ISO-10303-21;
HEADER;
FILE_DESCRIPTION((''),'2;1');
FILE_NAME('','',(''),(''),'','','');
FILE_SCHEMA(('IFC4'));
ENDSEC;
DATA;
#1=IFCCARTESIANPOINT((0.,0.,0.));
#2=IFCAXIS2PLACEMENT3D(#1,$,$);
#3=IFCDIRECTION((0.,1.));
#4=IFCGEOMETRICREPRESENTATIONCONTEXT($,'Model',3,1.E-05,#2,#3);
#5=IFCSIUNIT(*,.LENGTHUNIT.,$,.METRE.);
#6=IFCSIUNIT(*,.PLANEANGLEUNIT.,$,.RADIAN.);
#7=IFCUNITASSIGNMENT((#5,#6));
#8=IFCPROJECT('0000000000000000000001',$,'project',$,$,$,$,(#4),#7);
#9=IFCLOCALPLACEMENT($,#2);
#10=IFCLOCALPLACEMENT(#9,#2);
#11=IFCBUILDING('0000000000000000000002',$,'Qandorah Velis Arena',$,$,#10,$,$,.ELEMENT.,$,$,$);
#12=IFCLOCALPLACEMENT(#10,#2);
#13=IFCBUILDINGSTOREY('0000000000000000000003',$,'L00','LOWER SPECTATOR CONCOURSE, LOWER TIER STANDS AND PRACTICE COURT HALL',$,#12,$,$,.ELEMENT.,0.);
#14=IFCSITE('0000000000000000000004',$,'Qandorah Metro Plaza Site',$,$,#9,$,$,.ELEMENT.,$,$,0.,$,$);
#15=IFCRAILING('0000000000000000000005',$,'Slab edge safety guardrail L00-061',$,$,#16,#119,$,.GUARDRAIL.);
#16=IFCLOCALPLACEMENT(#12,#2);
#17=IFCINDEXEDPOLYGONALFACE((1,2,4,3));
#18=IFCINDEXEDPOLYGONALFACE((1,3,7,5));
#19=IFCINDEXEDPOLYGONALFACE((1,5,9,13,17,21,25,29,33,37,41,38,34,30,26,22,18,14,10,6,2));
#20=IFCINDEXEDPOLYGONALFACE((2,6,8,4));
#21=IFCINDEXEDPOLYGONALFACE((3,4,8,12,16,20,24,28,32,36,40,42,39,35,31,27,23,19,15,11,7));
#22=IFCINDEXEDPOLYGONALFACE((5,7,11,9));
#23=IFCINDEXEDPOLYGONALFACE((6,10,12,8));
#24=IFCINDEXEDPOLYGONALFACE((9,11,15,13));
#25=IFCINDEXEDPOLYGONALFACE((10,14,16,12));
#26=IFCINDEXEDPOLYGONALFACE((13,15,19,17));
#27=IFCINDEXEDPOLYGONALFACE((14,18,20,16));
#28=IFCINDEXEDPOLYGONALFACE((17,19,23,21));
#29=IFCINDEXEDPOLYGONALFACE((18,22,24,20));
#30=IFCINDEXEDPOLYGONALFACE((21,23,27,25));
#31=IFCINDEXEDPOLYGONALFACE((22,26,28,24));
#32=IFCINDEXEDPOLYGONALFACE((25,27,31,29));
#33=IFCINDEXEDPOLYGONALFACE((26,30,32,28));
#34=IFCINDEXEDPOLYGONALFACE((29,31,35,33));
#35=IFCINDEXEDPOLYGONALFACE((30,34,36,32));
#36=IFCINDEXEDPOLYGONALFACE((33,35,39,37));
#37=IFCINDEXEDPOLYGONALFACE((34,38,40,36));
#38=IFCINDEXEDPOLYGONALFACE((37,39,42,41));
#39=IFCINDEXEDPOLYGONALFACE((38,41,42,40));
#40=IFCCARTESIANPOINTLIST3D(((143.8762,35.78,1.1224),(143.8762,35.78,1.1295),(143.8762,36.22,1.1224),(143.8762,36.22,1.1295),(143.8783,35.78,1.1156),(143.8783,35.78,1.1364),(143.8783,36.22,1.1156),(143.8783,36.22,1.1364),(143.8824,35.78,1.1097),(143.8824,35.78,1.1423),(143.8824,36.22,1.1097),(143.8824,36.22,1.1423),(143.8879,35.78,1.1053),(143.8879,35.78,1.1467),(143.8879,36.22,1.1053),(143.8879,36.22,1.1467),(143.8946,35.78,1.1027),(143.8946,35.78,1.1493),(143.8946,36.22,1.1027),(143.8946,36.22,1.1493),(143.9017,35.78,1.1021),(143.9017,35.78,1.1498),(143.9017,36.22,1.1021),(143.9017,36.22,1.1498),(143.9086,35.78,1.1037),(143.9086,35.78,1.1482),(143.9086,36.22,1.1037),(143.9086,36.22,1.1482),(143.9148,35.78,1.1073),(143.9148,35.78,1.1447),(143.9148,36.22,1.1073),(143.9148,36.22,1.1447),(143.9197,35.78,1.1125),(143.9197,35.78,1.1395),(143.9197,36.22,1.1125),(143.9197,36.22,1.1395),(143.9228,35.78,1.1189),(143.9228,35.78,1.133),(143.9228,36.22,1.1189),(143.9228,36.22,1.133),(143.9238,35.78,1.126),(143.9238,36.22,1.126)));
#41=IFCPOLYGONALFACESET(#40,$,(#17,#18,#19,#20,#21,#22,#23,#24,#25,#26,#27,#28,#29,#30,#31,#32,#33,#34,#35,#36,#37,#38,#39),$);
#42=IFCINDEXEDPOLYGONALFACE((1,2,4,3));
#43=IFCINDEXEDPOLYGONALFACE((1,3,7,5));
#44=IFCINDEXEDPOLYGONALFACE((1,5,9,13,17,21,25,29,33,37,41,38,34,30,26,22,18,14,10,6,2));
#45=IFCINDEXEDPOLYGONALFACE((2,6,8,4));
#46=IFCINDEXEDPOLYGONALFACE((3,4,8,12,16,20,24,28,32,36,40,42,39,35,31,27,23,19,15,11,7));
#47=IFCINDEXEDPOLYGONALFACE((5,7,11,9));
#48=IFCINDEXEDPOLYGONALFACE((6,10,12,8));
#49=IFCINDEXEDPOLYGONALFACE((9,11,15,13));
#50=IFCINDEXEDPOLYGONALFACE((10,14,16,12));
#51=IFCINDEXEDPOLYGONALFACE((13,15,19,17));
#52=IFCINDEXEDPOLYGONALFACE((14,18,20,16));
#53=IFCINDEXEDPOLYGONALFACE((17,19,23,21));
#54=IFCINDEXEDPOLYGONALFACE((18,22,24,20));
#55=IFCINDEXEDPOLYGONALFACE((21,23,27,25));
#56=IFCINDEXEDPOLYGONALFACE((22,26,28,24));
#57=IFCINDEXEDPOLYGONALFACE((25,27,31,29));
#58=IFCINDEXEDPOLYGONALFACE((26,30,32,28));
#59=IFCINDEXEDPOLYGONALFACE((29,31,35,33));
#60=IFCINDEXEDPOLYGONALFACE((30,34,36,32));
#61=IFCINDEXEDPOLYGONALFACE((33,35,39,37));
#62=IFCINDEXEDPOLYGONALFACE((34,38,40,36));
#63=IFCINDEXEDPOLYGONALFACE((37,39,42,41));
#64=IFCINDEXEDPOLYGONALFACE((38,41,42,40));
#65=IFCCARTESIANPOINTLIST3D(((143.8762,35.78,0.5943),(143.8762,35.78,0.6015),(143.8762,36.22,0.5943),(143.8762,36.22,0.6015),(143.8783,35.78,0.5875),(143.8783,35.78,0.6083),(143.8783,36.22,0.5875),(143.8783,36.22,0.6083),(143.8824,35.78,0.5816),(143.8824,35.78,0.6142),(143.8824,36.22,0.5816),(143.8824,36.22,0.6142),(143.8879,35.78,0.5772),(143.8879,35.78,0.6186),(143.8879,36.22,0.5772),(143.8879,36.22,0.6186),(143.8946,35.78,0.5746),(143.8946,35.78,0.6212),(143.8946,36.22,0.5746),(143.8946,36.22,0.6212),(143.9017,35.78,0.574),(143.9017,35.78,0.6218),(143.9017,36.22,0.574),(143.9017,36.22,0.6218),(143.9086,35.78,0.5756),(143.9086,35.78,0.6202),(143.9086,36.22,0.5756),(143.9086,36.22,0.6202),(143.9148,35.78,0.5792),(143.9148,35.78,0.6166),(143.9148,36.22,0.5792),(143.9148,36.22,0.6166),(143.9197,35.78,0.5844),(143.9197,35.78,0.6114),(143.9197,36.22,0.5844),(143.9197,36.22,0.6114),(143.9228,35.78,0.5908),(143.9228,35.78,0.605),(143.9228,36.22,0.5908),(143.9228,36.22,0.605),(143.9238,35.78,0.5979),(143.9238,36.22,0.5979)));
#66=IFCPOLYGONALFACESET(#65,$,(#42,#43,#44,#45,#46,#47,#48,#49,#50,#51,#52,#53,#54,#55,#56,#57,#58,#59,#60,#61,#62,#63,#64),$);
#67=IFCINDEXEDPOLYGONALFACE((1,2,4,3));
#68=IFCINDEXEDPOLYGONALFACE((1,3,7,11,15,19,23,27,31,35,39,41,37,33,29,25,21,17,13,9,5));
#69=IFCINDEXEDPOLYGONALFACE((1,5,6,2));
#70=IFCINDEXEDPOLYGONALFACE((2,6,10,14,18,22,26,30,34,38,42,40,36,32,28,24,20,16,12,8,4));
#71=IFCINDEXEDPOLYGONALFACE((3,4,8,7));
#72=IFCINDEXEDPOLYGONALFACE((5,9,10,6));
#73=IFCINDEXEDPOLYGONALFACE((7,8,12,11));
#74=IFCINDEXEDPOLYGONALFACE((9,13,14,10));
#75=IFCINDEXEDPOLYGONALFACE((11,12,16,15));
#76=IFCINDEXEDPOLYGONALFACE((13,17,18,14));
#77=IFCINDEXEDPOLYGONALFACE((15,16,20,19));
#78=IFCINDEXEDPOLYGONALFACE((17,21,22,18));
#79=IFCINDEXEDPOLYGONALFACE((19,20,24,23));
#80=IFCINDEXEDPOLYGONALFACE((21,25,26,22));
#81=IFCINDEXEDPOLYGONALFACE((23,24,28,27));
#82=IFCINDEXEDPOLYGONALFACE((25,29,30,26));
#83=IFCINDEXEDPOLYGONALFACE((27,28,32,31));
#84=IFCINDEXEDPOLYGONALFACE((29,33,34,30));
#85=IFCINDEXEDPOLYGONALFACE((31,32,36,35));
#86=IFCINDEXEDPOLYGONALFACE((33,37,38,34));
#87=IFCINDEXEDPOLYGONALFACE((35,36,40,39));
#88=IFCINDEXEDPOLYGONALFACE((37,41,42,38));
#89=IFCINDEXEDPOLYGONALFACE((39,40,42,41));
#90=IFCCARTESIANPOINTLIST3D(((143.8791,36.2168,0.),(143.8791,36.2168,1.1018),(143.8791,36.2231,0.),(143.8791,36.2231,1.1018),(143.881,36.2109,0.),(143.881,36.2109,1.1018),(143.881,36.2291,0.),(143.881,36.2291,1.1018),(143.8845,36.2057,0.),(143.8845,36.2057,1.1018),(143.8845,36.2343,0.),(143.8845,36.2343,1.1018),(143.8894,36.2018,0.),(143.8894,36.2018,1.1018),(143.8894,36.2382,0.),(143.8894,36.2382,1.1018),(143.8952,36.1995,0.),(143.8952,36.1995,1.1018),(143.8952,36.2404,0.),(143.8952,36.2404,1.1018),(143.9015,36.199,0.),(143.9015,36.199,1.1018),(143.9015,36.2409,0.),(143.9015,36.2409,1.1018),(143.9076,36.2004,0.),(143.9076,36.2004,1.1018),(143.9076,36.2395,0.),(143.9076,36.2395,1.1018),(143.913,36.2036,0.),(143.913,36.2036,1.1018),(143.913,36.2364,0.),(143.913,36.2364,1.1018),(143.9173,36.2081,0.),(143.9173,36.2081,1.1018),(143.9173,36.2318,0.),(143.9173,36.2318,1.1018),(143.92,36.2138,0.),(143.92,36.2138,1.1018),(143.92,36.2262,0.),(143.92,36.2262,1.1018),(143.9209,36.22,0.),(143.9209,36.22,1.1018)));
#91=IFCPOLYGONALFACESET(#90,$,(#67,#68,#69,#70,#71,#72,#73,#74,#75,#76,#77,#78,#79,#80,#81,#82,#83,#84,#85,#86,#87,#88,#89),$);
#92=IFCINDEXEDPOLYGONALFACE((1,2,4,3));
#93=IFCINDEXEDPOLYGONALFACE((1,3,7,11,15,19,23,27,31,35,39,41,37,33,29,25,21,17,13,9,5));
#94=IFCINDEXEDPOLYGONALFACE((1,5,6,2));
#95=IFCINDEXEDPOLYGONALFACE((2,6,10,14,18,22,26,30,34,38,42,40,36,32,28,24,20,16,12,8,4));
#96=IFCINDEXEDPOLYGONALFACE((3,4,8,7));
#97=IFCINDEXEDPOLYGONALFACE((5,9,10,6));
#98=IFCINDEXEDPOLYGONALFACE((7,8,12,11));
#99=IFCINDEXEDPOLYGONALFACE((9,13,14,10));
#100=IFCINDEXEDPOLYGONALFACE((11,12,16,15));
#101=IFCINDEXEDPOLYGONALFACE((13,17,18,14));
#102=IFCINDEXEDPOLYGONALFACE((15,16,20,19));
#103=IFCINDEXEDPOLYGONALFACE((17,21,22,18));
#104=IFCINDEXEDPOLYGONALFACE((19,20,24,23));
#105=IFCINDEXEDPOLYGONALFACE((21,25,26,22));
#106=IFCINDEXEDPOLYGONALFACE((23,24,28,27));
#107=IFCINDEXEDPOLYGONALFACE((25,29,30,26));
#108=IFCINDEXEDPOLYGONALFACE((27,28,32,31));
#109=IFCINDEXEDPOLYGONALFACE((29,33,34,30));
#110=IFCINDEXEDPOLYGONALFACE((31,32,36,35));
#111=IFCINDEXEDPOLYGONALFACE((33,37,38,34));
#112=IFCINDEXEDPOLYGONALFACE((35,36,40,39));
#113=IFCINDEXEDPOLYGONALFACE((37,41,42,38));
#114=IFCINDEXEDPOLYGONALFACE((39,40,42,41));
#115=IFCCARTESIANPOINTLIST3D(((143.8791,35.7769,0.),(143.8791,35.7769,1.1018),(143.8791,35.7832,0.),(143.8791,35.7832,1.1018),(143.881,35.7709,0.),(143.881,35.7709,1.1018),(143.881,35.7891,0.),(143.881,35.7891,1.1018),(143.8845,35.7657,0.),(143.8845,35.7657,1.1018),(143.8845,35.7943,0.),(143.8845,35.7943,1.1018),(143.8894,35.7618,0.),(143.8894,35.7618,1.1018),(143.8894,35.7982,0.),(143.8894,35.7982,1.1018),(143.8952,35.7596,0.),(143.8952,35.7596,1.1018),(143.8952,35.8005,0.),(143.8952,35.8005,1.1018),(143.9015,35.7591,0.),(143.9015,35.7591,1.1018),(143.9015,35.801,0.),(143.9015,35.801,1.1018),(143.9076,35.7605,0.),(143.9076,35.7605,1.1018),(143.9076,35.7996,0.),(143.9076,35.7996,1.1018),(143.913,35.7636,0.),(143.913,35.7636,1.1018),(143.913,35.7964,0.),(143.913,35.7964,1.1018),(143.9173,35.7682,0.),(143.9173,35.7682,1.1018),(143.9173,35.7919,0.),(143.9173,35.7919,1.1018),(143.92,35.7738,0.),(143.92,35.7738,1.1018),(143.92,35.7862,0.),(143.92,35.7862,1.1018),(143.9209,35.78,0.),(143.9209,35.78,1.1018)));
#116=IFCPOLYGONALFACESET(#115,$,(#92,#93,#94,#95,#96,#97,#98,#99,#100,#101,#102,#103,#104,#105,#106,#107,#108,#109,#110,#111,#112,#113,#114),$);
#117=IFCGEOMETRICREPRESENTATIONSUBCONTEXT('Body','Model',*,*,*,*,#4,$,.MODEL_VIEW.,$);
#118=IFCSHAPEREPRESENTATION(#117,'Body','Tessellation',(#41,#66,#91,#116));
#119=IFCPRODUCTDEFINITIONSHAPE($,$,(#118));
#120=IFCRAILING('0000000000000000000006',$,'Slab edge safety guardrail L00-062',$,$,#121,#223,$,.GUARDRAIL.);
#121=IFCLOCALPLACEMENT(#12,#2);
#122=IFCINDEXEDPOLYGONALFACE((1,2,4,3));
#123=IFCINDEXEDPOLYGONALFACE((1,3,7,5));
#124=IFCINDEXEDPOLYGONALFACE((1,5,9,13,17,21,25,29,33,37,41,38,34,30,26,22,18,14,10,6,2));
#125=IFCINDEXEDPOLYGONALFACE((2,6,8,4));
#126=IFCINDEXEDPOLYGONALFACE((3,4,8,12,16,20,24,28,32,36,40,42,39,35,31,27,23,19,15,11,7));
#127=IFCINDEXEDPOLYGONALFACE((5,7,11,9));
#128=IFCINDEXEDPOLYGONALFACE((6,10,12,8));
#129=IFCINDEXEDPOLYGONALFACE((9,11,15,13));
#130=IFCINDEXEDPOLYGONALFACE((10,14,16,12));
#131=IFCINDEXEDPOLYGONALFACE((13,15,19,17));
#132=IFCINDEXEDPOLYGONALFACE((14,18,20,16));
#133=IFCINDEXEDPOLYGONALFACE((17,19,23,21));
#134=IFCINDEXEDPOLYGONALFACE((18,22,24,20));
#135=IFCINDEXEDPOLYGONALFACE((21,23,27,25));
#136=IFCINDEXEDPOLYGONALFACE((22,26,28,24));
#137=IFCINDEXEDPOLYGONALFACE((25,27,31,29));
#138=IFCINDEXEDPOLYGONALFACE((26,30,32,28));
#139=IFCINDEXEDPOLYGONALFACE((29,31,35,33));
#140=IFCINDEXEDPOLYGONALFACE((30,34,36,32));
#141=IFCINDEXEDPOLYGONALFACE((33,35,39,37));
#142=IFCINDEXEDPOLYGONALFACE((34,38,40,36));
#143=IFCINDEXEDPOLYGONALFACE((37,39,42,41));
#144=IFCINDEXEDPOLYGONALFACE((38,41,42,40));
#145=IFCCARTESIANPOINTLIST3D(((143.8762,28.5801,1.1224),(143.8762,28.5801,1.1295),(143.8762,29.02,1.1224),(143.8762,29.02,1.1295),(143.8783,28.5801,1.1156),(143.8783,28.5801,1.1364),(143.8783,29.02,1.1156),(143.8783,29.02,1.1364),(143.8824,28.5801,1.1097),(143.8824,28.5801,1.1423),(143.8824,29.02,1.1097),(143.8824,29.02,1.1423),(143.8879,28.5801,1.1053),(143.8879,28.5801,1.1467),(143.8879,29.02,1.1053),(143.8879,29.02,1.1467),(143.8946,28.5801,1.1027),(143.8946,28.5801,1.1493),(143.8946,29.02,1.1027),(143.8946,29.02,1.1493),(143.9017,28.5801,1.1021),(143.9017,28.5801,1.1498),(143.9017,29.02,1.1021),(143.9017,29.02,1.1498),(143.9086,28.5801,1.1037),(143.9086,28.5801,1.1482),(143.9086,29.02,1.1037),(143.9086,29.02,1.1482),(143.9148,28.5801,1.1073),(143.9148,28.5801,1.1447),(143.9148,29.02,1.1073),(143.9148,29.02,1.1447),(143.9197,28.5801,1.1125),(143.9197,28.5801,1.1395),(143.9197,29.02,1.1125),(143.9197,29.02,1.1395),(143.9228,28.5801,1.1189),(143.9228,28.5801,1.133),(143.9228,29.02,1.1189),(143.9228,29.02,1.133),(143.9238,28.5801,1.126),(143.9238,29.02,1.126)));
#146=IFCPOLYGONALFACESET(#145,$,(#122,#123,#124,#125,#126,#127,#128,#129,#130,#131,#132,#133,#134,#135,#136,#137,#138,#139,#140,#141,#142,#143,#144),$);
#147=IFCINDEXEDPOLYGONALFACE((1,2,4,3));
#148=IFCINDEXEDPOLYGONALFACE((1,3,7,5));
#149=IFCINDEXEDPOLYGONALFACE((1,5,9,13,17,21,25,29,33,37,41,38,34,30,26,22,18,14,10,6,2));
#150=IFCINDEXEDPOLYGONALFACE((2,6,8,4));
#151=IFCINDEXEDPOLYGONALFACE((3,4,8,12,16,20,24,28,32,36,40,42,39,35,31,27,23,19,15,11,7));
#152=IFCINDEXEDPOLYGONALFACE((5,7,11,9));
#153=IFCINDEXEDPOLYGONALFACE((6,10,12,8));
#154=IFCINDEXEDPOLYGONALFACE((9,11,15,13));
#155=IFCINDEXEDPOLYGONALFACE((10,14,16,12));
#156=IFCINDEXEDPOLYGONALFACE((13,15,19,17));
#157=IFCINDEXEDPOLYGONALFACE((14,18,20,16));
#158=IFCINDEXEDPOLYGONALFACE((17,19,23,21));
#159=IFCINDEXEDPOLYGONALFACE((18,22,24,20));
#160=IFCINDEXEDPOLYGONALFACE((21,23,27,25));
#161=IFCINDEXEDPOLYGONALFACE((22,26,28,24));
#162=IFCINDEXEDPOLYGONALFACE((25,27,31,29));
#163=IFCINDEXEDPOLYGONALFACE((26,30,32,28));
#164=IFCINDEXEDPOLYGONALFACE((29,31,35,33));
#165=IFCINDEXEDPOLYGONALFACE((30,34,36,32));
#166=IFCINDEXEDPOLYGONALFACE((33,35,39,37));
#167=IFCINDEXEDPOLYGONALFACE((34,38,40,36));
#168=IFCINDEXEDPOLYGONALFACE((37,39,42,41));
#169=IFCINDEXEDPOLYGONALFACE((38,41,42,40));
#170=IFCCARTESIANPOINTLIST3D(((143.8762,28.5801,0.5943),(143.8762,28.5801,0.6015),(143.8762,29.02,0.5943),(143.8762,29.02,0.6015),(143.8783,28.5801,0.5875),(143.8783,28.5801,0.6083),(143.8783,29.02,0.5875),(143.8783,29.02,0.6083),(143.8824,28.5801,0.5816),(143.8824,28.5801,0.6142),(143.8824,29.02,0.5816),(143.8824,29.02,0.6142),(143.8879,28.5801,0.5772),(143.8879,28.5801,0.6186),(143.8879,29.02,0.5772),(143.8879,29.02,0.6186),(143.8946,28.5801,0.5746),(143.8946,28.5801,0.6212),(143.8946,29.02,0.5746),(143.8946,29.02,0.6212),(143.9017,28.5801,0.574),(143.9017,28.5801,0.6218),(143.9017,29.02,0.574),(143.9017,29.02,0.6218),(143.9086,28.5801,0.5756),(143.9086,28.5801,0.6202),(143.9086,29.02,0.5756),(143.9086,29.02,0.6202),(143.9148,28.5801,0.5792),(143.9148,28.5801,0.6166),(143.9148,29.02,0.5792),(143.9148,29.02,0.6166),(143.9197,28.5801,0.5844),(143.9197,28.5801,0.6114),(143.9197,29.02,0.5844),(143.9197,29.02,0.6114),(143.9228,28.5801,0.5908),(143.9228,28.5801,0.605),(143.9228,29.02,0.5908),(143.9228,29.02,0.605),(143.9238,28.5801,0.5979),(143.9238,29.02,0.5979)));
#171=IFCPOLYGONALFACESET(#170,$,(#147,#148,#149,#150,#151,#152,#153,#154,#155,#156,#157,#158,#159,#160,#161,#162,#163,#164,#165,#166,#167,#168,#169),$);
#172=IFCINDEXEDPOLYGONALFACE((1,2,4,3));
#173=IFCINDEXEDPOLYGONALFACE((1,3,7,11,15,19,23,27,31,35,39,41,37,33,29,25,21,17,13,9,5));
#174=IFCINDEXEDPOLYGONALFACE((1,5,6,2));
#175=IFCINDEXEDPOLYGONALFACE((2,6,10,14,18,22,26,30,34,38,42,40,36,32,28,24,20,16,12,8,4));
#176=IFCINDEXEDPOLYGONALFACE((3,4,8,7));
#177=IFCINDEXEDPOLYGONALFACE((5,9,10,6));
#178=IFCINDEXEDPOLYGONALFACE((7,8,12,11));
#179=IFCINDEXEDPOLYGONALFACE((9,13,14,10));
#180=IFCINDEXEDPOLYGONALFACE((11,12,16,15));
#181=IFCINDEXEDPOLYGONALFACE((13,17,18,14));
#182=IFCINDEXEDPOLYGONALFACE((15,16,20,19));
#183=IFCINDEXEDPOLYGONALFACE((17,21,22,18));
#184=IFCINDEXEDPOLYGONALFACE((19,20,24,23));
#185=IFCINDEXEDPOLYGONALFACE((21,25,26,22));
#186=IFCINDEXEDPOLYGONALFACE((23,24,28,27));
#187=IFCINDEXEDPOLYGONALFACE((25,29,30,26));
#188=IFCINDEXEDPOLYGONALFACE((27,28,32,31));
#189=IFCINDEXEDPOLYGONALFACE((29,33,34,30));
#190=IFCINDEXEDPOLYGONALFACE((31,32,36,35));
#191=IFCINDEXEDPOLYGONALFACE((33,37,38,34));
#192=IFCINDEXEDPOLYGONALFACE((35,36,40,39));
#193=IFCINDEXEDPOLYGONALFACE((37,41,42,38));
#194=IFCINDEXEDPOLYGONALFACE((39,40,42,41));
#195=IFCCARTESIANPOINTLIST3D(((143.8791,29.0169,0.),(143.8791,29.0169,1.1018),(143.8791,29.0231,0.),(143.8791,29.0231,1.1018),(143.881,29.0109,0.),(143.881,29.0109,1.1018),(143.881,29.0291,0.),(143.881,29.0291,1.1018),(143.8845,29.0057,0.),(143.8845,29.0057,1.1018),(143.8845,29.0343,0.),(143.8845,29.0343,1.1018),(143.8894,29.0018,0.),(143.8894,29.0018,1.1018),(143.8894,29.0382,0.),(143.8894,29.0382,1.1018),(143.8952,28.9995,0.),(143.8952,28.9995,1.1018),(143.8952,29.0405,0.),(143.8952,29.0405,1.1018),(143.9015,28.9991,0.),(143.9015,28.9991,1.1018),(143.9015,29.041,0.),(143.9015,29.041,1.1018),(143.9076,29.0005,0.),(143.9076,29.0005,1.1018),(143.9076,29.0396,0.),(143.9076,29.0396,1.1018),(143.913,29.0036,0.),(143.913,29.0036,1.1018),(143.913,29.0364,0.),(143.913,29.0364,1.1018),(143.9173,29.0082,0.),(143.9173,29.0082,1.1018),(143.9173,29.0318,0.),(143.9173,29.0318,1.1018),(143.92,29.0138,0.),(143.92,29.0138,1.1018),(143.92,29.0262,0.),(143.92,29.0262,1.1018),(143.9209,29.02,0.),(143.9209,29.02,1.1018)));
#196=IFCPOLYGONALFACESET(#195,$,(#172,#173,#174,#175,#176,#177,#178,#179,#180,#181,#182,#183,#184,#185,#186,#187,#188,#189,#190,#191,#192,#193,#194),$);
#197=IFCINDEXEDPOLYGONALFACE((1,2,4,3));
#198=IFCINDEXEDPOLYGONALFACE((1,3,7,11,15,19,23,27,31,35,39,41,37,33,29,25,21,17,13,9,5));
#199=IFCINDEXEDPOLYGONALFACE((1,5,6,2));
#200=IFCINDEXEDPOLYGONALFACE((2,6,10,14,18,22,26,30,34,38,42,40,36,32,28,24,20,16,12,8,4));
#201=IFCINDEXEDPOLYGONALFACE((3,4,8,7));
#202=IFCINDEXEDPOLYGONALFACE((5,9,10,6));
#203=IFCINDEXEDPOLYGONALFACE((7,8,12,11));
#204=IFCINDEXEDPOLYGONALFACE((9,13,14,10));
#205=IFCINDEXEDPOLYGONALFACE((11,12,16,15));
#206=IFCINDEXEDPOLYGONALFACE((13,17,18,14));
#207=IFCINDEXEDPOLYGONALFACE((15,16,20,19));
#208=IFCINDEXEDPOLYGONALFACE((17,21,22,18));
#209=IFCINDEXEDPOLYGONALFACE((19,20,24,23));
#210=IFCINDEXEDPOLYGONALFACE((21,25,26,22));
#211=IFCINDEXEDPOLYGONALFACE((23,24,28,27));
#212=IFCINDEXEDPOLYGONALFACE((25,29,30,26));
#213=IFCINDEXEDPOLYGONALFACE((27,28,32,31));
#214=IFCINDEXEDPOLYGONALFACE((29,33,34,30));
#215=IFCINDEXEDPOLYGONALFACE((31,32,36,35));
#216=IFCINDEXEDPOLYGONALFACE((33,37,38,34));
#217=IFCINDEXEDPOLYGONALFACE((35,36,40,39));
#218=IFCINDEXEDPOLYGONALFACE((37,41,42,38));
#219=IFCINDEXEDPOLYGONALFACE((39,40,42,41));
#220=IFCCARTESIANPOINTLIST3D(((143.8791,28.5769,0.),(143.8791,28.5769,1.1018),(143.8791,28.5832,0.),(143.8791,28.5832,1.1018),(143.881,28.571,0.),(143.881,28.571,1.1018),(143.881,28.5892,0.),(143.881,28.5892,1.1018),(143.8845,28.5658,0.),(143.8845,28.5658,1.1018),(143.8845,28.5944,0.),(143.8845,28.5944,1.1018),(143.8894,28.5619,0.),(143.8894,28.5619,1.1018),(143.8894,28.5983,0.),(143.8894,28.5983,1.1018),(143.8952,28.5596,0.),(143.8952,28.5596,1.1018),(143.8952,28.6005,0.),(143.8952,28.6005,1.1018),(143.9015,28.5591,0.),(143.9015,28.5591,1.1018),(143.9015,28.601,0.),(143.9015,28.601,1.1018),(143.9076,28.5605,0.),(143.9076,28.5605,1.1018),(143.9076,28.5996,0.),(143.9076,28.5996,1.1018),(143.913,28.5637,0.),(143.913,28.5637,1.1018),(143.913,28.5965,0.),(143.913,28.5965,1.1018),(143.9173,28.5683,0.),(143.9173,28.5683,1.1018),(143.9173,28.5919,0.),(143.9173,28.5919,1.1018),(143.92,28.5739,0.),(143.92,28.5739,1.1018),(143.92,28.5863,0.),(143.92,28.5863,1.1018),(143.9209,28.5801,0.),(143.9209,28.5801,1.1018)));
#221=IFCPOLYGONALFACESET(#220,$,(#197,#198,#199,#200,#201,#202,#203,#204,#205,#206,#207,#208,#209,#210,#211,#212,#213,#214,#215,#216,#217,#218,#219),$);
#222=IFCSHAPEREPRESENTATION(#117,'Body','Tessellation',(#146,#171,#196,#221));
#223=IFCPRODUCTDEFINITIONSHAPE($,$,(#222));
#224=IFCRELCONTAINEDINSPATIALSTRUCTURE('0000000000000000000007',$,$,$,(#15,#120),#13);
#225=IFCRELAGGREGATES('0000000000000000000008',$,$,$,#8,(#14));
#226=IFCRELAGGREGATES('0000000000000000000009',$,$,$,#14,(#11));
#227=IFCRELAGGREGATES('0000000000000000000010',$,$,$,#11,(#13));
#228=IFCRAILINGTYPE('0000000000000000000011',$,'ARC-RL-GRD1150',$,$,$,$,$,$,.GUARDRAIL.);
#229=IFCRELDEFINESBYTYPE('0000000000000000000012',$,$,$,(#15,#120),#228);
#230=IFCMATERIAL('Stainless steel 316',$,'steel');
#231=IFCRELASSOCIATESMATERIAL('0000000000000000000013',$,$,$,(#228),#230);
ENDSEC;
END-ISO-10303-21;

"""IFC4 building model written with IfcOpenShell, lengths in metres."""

from ifc_helpers import new_model, si_unit, direction, frame, origin, origin_2d, place, context, subcontext, project, spatial, circle, extrude, material, type_object, element, save


model = new_model("IFC4")

# Units and contexts
model_context = context("Model", 3, precision=1e-05, world=origin(), true_north=direction((0.0, 1.0)))
body_context = subcontext(model_context, "Body", "Model", "MODEL_VIEW")
ifc_project = project(units=[si_unit("LENGTHUNIT", "METRE"), si_unit("PLANEANGLEUNIT", "RADIAN")], contexts=[model_context])

# Site, building, storey
site_placement = place(None, origin())
site = spatial("IfcSite", under=ifc_project, at=site_placement, Name="Qandorah Metro Plaza Site", CompositionType="ELEMENT", RefElevation=0.0)
building_placement = place(site_placement, origin())
building = spatial("IfcBuilding", under=site, at=building_placement, Name="Qandorah Velis Arena", CompositionType="ELEMENT")
storey_placement = place(building_placement, origin())
storey = spatial("IfcBuildingStorey", under=building, at=storey_placement, Name="L00", Description="LOWER SPECTATOR CONCOURSE, LOWER TIER STANDS AND PRACTICE COURT HALL", CompositionType="ELEMENT", Elevation=0.0)

# Railings
ifc_material_1 = material(Name="Stainless steel 316", Category="steel")
railing_type = type_object("IfcRailingType", Name="ARC-RL-GRD1150", PredefinedType="GUARDRAIL", material=ifc_material_1)
for number, where, name in (
    (1, (143.8999, 36.22, 0.0), "Slab edge safety guardrail L00-061"),
    (2, (143.8999, 29.02, 0.0), "Slab edge safety guardrail L00-062"),
):
    element("IfcRailing", number, at=place(storey_placement, frame(where)), inside=storey, type_object=railing_type, Name=name, PredefinedType="GUARDRAIL", context=body_context, shape_type="SweptSolid", body=[
        extrude(circle(Radius=0.0239, at=origin_2d()), frame((0.0, 0.0, 1.126), z_axis=(0.0, -1.0, 0.0), x_axis=(1.0, 0.0, 0.0)), (0.0, 0.0, 1.0), 0.4399),
        extrude(circle(Radius=0.0239, at=origin_2d()), frame((0.0, 0.0, 0.5979), z_axis=(0.0, -1.0, 0.0), x_axis=(1.0, 0.0, 0.0)), (0.0, 0.0, 1.0), 0.4399),
        extrude(circle(Radius=0.021, at=origin_2d()), origin(), (0.0, 0.0, 1.0), 1.1018),
        extrude(circle(Radius=0.021, at=origin_2d()), frame((0.0, -0.4399, 0.0)), (0.0, 0.0, 1.0), 1.1018),
    ])

save(model, "model.ifc")
